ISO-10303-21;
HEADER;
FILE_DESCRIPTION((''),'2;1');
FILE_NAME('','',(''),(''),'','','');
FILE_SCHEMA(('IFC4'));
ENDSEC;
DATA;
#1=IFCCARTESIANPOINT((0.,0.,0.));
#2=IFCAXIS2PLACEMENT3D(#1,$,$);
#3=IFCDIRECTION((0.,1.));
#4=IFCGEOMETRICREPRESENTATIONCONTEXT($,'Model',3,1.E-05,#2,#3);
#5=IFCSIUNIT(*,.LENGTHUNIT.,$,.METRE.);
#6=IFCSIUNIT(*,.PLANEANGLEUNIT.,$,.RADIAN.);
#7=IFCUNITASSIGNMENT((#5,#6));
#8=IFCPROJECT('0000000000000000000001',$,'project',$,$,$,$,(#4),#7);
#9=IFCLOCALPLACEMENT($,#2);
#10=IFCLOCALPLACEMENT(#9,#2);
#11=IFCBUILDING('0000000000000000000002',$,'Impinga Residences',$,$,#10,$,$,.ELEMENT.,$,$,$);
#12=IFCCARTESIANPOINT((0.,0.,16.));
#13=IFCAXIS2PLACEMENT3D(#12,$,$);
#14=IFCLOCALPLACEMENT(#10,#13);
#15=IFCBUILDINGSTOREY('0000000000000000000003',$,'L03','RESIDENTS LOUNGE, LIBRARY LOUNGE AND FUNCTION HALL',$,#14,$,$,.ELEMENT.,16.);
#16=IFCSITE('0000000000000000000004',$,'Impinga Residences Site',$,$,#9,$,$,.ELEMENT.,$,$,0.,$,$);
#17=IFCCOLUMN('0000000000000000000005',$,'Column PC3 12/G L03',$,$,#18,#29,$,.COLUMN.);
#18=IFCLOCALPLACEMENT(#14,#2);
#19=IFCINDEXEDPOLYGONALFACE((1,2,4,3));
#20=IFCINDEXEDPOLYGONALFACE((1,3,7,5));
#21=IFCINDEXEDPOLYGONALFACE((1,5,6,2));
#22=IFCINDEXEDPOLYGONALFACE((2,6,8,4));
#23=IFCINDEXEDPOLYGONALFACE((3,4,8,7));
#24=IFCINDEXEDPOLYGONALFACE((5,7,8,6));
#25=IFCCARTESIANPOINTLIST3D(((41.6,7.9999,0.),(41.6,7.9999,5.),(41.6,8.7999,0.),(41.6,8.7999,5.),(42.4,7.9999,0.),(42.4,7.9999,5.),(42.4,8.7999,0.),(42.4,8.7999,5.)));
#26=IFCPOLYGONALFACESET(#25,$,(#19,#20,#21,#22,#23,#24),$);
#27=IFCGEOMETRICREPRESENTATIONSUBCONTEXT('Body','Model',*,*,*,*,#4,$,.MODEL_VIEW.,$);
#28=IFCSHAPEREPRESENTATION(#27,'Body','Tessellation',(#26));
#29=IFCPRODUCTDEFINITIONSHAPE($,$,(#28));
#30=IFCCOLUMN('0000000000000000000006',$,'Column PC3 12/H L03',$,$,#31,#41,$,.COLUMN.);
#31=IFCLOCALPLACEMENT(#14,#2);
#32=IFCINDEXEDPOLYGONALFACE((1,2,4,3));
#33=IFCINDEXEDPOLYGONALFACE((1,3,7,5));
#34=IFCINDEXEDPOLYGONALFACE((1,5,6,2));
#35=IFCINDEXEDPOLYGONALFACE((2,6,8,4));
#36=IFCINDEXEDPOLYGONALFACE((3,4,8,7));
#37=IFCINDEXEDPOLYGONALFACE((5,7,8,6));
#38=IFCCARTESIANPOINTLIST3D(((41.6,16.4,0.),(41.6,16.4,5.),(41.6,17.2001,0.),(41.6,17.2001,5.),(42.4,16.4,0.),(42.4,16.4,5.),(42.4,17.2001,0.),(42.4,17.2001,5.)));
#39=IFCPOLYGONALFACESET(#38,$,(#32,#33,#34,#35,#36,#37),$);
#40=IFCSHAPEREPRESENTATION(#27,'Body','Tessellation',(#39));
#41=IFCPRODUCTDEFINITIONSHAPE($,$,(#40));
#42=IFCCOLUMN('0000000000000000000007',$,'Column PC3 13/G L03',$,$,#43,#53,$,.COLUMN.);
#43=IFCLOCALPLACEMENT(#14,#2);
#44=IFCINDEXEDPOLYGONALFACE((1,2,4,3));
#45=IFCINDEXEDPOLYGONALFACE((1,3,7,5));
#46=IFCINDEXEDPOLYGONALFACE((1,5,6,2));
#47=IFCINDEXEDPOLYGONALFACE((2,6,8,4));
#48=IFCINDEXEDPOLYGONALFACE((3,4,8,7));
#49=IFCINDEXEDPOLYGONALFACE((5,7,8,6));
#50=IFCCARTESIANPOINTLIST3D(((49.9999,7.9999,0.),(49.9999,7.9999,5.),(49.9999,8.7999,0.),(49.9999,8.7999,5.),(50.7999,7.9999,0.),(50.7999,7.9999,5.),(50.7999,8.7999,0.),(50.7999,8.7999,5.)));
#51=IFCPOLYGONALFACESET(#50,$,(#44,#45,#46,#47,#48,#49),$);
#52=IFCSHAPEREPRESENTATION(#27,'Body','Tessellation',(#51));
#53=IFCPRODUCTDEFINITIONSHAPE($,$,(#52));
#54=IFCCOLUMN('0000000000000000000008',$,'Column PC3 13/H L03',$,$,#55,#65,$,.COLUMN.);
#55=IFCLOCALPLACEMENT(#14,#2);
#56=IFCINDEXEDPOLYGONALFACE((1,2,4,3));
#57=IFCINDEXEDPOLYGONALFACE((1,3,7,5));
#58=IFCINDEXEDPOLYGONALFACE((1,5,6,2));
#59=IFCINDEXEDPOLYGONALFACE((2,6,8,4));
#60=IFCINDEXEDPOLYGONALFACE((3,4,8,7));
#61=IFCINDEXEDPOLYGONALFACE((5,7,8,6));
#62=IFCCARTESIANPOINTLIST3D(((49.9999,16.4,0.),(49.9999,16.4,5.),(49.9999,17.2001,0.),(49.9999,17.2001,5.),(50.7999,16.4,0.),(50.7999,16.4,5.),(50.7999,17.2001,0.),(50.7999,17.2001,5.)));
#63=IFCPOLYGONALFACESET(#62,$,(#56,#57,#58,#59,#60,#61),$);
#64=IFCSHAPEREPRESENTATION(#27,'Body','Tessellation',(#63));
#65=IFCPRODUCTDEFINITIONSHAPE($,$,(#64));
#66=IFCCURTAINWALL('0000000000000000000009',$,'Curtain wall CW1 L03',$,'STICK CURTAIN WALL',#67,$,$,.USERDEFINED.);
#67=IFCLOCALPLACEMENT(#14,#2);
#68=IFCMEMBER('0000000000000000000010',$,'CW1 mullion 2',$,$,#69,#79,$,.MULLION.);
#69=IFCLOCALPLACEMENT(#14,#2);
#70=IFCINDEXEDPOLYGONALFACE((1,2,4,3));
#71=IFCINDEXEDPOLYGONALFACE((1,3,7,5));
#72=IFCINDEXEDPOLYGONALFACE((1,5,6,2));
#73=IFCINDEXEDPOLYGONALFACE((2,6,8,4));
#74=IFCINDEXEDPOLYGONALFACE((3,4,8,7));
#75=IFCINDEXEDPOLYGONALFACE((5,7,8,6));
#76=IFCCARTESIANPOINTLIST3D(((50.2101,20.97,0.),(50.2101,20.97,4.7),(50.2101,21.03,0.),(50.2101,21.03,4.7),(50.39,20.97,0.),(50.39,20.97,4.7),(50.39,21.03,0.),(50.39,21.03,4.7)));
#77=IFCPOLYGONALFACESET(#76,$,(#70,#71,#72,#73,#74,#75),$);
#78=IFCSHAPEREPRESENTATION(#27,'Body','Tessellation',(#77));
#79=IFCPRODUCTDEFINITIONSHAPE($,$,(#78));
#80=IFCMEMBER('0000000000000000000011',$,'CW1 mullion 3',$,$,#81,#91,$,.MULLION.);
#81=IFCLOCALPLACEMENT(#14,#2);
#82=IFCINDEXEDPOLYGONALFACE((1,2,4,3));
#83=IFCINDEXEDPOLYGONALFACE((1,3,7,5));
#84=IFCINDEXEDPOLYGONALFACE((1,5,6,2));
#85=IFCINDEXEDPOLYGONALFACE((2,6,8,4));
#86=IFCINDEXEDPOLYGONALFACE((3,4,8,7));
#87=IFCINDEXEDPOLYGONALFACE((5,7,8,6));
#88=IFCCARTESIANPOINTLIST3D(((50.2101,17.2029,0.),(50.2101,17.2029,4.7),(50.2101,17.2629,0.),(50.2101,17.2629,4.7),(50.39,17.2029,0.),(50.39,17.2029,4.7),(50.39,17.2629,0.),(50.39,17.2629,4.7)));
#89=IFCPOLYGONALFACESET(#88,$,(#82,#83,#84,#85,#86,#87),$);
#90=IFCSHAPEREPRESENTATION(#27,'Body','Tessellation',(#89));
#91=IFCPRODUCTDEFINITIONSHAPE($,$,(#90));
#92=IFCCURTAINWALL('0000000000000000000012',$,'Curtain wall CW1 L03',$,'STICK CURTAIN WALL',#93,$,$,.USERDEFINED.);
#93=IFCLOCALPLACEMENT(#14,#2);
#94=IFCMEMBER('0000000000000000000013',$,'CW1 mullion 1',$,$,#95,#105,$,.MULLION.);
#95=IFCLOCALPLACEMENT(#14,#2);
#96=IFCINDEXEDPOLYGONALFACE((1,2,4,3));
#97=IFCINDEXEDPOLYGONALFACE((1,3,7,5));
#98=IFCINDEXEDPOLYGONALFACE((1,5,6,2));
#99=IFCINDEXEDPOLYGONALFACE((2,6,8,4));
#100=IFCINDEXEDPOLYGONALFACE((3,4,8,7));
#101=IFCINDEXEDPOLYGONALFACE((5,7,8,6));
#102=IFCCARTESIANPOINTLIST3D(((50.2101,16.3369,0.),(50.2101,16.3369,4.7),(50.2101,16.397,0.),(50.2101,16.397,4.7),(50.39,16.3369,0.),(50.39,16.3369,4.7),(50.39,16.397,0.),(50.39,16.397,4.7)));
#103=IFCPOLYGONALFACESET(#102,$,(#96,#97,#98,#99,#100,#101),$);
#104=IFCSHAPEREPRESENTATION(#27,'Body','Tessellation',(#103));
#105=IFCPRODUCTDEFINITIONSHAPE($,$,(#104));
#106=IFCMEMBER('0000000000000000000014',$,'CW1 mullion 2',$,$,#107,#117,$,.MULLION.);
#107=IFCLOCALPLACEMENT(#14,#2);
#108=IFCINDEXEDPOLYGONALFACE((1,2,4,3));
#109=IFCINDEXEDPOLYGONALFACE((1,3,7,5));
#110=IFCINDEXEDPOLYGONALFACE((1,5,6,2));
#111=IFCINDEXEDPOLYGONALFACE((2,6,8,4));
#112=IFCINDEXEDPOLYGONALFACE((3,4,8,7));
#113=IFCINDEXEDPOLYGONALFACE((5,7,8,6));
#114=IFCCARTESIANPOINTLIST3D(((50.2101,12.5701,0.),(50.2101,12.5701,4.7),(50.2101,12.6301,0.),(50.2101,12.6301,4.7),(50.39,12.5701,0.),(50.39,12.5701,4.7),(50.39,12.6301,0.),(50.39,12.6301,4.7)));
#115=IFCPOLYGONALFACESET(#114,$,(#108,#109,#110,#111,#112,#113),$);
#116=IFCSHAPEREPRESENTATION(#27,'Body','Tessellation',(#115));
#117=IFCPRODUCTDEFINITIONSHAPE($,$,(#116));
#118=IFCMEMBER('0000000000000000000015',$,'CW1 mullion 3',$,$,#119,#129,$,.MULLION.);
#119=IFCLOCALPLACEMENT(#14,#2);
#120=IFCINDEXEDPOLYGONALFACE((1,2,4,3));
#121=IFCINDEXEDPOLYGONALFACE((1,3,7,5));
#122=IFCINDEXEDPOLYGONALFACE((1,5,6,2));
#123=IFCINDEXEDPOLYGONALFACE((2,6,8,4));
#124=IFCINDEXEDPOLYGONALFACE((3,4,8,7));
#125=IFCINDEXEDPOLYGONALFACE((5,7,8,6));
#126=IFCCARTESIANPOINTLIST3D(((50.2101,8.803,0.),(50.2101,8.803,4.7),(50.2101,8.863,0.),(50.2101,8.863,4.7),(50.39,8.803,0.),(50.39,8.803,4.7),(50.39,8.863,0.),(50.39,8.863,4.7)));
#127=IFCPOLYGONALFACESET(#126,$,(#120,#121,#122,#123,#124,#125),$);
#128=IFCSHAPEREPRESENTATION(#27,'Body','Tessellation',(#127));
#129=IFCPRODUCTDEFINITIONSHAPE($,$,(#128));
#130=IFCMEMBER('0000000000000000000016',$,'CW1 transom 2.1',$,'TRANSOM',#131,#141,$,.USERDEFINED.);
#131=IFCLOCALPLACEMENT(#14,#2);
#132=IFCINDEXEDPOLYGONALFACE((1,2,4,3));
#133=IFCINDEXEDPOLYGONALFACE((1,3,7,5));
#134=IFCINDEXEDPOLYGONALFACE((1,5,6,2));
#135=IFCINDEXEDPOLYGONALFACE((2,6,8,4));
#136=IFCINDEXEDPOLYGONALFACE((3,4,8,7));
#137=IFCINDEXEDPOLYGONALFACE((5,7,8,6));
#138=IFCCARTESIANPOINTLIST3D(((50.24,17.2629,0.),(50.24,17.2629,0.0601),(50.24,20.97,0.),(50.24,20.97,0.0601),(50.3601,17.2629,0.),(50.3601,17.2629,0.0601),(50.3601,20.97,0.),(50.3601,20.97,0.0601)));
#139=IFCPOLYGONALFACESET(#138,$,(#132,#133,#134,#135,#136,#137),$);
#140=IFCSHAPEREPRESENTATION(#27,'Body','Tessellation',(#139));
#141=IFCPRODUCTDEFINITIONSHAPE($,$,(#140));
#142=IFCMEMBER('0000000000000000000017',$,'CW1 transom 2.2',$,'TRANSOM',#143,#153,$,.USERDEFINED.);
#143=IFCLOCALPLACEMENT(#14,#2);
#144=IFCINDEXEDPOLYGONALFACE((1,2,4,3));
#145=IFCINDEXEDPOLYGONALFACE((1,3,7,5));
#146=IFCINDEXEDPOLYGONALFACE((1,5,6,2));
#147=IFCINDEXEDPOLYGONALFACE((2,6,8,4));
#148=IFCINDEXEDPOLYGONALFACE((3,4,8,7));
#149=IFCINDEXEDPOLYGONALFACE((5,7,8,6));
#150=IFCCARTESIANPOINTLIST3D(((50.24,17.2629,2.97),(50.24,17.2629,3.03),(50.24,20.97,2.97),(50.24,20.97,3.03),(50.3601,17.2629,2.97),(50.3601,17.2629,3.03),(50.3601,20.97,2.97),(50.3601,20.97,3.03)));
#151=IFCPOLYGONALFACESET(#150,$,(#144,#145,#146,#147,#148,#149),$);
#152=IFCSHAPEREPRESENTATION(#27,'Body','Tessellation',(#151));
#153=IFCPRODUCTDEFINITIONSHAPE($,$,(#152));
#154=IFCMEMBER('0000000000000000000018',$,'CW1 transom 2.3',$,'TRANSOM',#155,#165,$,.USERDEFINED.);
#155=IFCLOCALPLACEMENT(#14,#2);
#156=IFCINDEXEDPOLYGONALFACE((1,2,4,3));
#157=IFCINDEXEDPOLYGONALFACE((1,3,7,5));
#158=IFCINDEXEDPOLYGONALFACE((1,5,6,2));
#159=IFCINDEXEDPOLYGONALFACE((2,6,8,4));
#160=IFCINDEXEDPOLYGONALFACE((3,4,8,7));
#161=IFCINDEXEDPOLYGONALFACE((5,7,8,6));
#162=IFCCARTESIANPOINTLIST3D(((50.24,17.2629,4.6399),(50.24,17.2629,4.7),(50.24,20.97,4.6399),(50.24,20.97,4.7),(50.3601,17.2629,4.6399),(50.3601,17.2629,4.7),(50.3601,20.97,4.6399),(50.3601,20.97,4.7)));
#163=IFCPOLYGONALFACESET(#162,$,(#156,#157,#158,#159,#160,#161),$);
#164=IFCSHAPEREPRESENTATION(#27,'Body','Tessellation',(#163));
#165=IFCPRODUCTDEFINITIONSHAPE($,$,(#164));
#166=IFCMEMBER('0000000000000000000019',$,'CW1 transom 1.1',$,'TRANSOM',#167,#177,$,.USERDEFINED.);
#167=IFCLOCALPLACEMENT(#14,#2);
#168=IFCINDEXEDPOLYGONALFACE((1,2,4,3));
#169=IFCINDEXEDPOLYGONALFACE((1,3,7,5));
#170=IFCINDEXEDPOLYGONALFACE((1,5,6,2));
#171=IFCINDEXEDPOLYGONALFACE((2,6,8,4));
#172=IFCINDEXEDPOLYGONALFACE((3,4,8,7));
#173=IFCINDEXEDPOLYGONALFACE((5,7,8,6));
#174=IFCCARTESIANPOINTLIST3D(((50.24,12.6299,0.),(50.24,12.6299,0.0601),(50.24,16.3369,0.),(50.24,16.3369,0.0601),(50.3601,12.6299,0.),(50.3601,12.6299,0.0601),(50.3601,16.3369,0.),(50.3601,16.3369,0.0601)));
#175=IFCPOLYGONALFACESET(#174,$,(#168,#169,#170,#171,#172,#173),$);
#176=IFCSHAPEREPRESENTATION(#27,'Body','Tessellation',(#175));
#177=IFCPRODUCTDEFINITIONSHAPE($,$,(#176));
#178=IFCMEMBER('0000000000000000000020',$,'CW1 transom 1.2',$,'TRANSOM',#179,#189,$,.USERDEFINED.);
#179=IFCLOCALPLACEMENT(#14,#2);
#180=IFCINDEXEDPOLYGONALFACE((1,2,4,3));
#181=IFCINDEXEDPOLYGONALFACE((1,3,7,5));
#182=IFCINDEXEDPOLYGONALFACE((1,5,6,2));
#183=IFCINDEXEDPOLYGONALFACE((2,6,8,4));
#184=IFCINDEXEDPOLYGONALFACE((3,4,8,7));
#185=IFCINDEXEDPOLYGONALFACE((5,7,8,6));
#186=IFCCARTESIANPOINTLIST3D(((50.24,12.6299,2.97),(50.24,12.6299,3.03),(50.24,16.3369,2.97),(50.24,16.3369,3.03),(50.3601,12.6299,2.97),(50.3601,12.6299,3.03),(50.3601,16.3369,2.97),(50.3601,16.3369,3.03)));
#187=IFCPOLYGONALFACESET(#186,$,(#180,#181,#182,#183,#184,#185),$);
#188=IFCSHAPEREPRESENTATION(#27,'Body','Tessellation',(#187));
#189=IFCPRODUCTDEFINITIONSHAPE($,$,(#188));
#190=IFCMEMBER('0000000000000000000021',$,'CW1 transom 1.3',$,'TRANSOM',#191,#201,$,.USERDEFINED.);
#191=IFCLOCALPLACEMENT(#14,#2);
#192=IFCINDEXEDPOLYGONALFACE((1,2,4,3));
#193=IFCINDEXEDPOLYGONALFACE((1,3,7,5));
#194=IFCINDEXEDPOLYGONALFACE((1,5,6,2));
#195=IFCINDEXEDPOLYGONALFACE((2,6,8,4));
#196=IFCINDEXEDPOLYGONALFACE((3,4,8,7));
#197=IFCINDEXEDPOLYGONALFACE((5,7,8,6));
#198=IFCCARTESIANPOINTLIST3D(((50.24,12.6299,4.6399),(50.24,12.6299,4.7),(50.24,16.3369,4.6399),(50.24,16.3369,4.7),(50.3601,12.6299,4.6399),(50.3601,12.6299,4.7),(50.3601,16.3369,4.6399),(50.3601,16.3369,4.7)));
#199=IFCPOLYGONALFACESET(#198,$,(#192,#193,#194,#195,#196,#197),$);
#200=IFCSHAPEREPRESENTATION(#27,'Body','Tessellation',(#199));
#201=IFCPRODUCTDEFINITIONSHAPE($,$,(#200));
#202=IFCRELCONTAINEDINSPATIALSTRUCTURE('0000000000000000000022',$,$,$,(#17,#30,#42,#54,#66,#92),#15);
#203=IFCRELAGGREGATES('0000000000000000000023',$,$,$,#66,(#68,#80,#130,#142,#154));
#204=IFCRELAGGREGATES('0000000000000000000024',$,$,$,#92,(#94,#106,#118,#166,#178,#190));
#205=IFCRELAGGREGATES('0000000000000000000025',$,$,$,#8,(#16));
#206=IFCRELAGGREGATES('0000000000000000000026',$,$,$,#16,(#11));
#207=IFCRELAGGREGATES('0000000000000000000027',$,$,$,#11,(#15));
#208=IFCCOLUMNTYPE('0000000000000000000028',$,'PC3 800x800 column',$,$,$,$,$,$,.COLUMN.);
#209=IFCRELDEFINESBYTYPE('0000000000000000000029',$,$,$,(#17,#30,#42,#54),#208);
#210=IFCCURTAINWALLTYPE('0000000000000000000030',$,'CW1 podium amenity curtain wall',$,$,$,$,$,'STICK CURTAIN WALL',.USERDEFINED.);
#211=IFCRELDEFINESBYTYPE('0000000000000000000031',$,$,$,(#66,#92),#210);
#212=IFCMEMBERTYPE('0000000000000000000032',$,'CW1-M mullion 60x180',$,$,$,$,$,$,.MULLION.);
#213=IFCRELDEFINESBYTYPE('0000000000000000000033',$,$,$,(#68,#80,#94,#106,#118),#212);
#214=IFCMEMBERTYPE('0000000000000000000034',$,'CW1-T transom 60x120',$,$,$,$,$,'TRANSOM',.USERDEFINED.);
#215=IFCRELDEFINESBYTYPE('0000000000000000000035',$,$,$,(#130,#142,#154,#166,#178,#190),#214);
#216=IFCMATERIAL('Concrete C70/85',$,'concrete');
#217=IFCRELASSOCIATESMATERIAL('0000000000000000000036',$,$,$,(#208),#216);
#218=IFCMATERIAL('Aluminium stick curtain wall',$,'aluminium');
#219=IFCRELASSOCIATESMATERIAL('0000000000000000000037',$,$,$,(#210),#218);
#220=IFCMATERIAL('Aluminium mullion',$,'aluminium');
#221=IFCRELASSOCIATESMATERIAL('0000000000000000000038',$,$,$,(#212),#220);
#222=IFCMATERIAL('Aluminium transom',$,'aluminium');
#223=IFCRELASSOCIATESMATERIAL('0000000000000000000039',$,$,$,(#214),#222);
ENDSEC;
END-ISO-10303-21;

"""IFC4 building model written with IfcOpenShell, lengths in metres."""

from ifc_helpers import new_model, si_unit, direction, frame, origin, origin_2d, place, context, subcontext, project, spatial, rectangle, extrude, material, material_profile, profile_set, type_object, element, aggregate, save


model = new_model("IFC4")

# Units and contexts
model_context = context("Model", 3, precision=1e-05, world=origin(), true_north=direction((0.0, 1.0)))
body_context = subcontext(model_context, "Body", "Model", "MODEL_VIEW")
ifc_project = project(units=[si_unit("LENGTHUNIT", "METRE"), si_unit("PLANEANGLEUNIT", "RADIAN")], contexts=[model_context])

# Site, building, storey
site_placement = place(None, origin())
site = spatial("IfcSite", under=ifc_project, at=site_placement, Name="Impinga Residences Site", CompositionType="ELEMENT", RefElevation=0.0)
building_placement = place(site_placement, origin())
building = spatial("IfcBuilding", under=site, at=building_placement, Name="Impinga Residences", CompositionType="ELEMENT")
storey_placement = place(building_placement, frame((0.0, 0.0, 16.0)))
storey = spatial("IfcBuildingStorey", under=building, at=storey_placement, Name="L03", Description="RESIDENTS LOUNGE, LIBRARY LOUNGE AND FUNCTION HALL", CompositionType="ELEMENT", Elevation=16.0)

# Columns
ifc_material_1 = material(Name="Concrete C70/85", Category="concrete")
ifc_material_profile_1 = material_profile(ifc_material_1, rectangle(XDim=0.8, YDim=0.8, at=origin_2d()), Name="RC 800x800")
ifc_profile_set_1 = profile_set([ifc_material_profile_1], Name="Concrete C70/85")
column_type = type_object("IfcColumnType", Name="PC3 800x800 column", PredefinedType="COLUMN", material=ifc_profile_set_1)
for number, where, z_axis, x_axis, name in (
    (1, (42.0, 8.3999, 0.0), (0.0, 0.0, 1.0), (1.0, 0.0, 0.0), "Column PC3 12/G L03"),
    (2, (42.0, 16.8, 0.0), (0.0, 0.0, 1.0), (1.0, 0.0, 0.0), "Column PC3 12/H L03"),
    (3, (50.3999, 8.3999, 0.0), (0.0, 0.0, 1.0), (1.0, 0.0, 0.0), "Column PC3 13/G L03"),
    (4, (50.3999, 16.8, 0.0), (0.0, 0.0, 1.0), (1.0, 0.0, 0.0), "Column PC3 13/H L03"),
):
    element("IfcColumn", number, at=place(storey_placement, frame(where, z_axis=z_axis, x_axis=x_axis)), inside=storey, type_object=column_type, Name=name, PredefinedType="COLUMN", context=body_context, shape_type="SweptSolid", body=[
        extrude(rectangle(XDim=0.8, YDim=0.8, at=origin_2d()), origin(), (0.0, 0.0, 1.0), 5.0),
    ])

# Curtain walls, members
ifc_material_2 = material(Name="Aluminium stick curtain wall", Category="aluminium")
curtain_wall_type = type_object("IfcCurtainWallType", Name="CW1 podium amenity curtain wall", ElementType="STICK CURTAIN WALL", PredefinedType="USERDEFINED", material=ifc_material_2)
curtain_wall_1_placement = place(storey_placement, origin())
curtain_wall_1 = element("IfcCurtainWall", 5, at=curtain_wall_1_placement, inside=storey, type_object=curtain_wall_type, Name="Curtain wall CW1 L03", ObjectType="STICK CURTAIN WALL", PredefinedType="USERDEFINED")
ifc_material_3 = material(Name="Aluminium mullion", Category="aluminium")
ifc_material_profile_2 = material_profile(ifc_material_3, rectangle(XDim=0.0601, YDim=0.1799, at=origin_2d()), Name="60x180 mullion")
ifc_profile_set_2 = profile_set([ifc_material_profile_2], Name="Aluminium mullion")
member_type_1 = type_object("IfcMemberType", Name="CW1-M mullion 60x180", PredefinedType="MULLION", material=ifc_profile_set_2)
member_1_placement = place(storey_placement, frame((50.3, 21.0, 0.0), z_axis=(0.0, 0.0, 1.0), x_axis=(0.0, -1.0, 0.0)))
member_1 = element("IfcMember", 6, at=member_1_placement, type_object=member_type_1, Name="CW1 mullion 2", PredefinedType="MULLION", context=body_context, shape_type="SweptSolid", body=[
    extrude(rectangle(XDim=0.0601, YDim=0.1799, at=origin_2d()), origin(), (0.0, 0.0, 1.0), 4.7),
])
member_2_placement = place(storey_placement, frame((50.3, 17.2329, 0.0), z_axis=(0.0, 0.0, 1.0), x_axis=(0.0, -1.0, 0.0)))
member_2 = element("IfcMember", 7, at=member_2_placement, type_object=member_type_1, Name="CW1 mullion 3", PredefinedType="MULLION", context=body_context, shape_type="SweptSolid", body=[
    extrude(rectangle(XDim=0.0601, YDim=0.1799, at=origin_2d()), origin(), (0.0, 0.0, 1.0), 4.7),
])
curtain_wall_2_placement = place(storey_placement, origin())
curtain_wall_2 = element("IfcCurtainWall", 8, at=curtain_wall_2_placement, inside=storey, type_object=curtain_wall_type, Name="Curtain wall CW1 L03", ObjectType="STICK CURTAIN WALL", PredefinedType="USERDEFINED")
member_3_placement = place(storey_placement, frame((50.3, 16.3669, 0.0), z_axis=(0.0, 0.0, 1.0), x_axis=(0.0, -1.0, 0.0)))
member_3 = element("IfcMember", 9, at=member_3_placement, type_object=member_type_1, Name="CW1 mullion 1", PredefinedType="MULLION", context=body_context, shape_type="SweptSolid", body=[
    extrude(rectangle(XDim=0.0601, YDim=0.1799, at=origin_2d()), origin(), (0.0, 0.0, 1.0), 4.7),
])
member_4_placement = place(storey_placement, frame((50.3, 12.6001, 0.0), z_axis=(0.0, 0.0, 1.0), x_axis=(0.0, -1.0, 0.0)))
member_4 = element("IfcMember", 10, at=member_4_placement, type_object=member_type_1, Name="CW1 mullion 2", PredefinedType="MULLION", context=body_context, shape_type="SweptSolid", body=[
    extrude(rectangle(XDim=0.0601, YDim=0.1799, at=origin_2d()), origin(), (0.0, 0.0, 1.0), 4.7),
])
member_5_placement = place(storey_placement, frame((50.3, 8.833, 0.0), z_axis=(0.0, 0.0, 1.0), x_axis=(0.0, -1.0, 0.0)))
member_5 = element("IfcMember", 11, at=member_5_placement, type_object=member_type_1, Name="CW1 mullion 3", PredefinedType="MULLION", context=body_context, shape_type="SweptSolid", body=[
    extrude(rectangle(XDim=0.0601, YDim=0.1799, at=origin_2d()), origin(), (0.0, 0.0, 1.0), 4.7),
])

# Members
ifc_material_4 = material(Name="Aluminium transom", Category="aluminium")
ifc_material_profile_3 = material_profile(ifc_material_4, rectangle(XDim=0.0601, YDim=0.1201, at=origin_2d()), Name="60x120 transom")
ifc_profile_set_3 = profile_set([ifc_material_profile_3], Name="Aluminium transom")
member_type_2 = type_object("IfcMemberType", Name="CW1-T transom 60x120", ElementType="TRANSOM", PredefinedType="USERDEFINED", material=ifc_profile_set_3)
member_6_placement = place(storey_placement, frame((50.3, 20.97, 0.03), z_axis=(0.0, -1.0, 0.0), x_axis=(0.0, 0.0, 1.0)))
member_6 = element("IfcMember", 12, at=member_6_placement, type_object=member_type_2, Name="CW1 transom 2.1", ObjectType="TRANSOM", PredefinedType="USERDEFINED", context=body_context, shape_type="SweptSolid", body=[
    extrude(rectangle(XDim=0.0601, YDim=0.1201, at=origin_2d()), origin(), (0.0, 0.0, 1.0), 3.707),
])
member_7_placement = place(storey_placement, frame((50.3, 20.97, 3.0), z_axis=(0.0, -1.0, 0.0), x_axis=(0.0, 0.0, 1.0)))
member_7 = element("IfcMember", 13, at=member_7_placement, type_object=member_type_2, Name="CW1 transom 2.2", ObjectType="TRANSOM", PredefinedType="USERDEFINED", context=body_context, shape_type="SweptSolid", body=[
    extrude(rectangle(XDim=0.0601, YDim=0.1201, at=origin_2d()), origin(), (0.0, 0.0, 1.0), 3.707),
])
member_8_placement = place(storey_placement, frame((50.3, 20.97, 4.6699), z_axis=(0.0, -1.0, 0.0), x_axis=(0.0, 0.0, 1.0)))
member_8 = element("IfcMember", 14, at=member_8_placement, type_object=member_type_2, Name="CW1 transom 2.3", ObjectType="TRANSOM", PredefinedType="USERDEFINED", context=body_context, shape_type="SweptSolid", body=[
    extrude(rectangle(XDim=0.0601, YDim=0.1201, at=origin_2d()), origin(), (0.0, 0.0, 1.0), 3.707),
])
member_9_placement = place(storey_placement, frame((50.3, 16.3369, 0.03), z_axis=(0.0, -1.0, 0.0), x_axis=(0.0, 0.0, 1.0)))
member_9 = element("IfcMember", 15, at=member_9_placement, type_object=member_type_2, Name="CW1 transom 1.1", ObjectType="TRANSOM", PredefinedType="USERDEFINED", context=body_context, shape_type="SweptSolid", body=[
    extrude(rectangle(XDim=0.0601, YDim=0.1201, at=origin_2d()), origin(), (0.0, 0.0, 1.0), 3.707),
])
member_10_placement = place(storey_placement, frame((50.3, 16.3369, 3.0), z_axis=(0.0, -1.0, 0.0), x_axis=(0.0, 0.0, 1.0)))
member_10 = element("IfcMember", 16, at=member_10_placement, type_object=member_type_2, Name="CW1 transom 1.2", ObjectType="TRANSOM", PredefinedType="USERDEFINED", context=body_context, shape_type="SweptSolid", body=[
    extrude(rectangle(XDim=0.0601, YDim=0.1201, at=origin_2d()), origin(), (0.0, 0.0, 1.0), 3.707),
])
member_11_placement = place(storey_placement, frame((50.3, 16.3369, 4.6699), z_axis=(0.0, -1.0, 0.0), x_axis=(0.0, 0.0, 1.0)))
member_11 = element("IfcMember", 17, at=member_11_placement, type_object=member_type_2, Name="CW1 transom 1.3", ObjectType="TRANSOM", PredefinedType="USERDEFINED", context=body_context, shape_type="SweptSolid", body=[
    extrude(rectangle(XDim=0.0601, YDim=0.1201, at=origin_2d()), origin(), (0.0, 0.0, 1.0), 3.707),
])

aggregate(curtain_wall_1, [member_1, member_2, member_6, member_7, member_8])
aggregate(curtain_wall_2, [member_3, member_4, member_5, member_9, member_10, member_11])

save(model, "model.ifc")
